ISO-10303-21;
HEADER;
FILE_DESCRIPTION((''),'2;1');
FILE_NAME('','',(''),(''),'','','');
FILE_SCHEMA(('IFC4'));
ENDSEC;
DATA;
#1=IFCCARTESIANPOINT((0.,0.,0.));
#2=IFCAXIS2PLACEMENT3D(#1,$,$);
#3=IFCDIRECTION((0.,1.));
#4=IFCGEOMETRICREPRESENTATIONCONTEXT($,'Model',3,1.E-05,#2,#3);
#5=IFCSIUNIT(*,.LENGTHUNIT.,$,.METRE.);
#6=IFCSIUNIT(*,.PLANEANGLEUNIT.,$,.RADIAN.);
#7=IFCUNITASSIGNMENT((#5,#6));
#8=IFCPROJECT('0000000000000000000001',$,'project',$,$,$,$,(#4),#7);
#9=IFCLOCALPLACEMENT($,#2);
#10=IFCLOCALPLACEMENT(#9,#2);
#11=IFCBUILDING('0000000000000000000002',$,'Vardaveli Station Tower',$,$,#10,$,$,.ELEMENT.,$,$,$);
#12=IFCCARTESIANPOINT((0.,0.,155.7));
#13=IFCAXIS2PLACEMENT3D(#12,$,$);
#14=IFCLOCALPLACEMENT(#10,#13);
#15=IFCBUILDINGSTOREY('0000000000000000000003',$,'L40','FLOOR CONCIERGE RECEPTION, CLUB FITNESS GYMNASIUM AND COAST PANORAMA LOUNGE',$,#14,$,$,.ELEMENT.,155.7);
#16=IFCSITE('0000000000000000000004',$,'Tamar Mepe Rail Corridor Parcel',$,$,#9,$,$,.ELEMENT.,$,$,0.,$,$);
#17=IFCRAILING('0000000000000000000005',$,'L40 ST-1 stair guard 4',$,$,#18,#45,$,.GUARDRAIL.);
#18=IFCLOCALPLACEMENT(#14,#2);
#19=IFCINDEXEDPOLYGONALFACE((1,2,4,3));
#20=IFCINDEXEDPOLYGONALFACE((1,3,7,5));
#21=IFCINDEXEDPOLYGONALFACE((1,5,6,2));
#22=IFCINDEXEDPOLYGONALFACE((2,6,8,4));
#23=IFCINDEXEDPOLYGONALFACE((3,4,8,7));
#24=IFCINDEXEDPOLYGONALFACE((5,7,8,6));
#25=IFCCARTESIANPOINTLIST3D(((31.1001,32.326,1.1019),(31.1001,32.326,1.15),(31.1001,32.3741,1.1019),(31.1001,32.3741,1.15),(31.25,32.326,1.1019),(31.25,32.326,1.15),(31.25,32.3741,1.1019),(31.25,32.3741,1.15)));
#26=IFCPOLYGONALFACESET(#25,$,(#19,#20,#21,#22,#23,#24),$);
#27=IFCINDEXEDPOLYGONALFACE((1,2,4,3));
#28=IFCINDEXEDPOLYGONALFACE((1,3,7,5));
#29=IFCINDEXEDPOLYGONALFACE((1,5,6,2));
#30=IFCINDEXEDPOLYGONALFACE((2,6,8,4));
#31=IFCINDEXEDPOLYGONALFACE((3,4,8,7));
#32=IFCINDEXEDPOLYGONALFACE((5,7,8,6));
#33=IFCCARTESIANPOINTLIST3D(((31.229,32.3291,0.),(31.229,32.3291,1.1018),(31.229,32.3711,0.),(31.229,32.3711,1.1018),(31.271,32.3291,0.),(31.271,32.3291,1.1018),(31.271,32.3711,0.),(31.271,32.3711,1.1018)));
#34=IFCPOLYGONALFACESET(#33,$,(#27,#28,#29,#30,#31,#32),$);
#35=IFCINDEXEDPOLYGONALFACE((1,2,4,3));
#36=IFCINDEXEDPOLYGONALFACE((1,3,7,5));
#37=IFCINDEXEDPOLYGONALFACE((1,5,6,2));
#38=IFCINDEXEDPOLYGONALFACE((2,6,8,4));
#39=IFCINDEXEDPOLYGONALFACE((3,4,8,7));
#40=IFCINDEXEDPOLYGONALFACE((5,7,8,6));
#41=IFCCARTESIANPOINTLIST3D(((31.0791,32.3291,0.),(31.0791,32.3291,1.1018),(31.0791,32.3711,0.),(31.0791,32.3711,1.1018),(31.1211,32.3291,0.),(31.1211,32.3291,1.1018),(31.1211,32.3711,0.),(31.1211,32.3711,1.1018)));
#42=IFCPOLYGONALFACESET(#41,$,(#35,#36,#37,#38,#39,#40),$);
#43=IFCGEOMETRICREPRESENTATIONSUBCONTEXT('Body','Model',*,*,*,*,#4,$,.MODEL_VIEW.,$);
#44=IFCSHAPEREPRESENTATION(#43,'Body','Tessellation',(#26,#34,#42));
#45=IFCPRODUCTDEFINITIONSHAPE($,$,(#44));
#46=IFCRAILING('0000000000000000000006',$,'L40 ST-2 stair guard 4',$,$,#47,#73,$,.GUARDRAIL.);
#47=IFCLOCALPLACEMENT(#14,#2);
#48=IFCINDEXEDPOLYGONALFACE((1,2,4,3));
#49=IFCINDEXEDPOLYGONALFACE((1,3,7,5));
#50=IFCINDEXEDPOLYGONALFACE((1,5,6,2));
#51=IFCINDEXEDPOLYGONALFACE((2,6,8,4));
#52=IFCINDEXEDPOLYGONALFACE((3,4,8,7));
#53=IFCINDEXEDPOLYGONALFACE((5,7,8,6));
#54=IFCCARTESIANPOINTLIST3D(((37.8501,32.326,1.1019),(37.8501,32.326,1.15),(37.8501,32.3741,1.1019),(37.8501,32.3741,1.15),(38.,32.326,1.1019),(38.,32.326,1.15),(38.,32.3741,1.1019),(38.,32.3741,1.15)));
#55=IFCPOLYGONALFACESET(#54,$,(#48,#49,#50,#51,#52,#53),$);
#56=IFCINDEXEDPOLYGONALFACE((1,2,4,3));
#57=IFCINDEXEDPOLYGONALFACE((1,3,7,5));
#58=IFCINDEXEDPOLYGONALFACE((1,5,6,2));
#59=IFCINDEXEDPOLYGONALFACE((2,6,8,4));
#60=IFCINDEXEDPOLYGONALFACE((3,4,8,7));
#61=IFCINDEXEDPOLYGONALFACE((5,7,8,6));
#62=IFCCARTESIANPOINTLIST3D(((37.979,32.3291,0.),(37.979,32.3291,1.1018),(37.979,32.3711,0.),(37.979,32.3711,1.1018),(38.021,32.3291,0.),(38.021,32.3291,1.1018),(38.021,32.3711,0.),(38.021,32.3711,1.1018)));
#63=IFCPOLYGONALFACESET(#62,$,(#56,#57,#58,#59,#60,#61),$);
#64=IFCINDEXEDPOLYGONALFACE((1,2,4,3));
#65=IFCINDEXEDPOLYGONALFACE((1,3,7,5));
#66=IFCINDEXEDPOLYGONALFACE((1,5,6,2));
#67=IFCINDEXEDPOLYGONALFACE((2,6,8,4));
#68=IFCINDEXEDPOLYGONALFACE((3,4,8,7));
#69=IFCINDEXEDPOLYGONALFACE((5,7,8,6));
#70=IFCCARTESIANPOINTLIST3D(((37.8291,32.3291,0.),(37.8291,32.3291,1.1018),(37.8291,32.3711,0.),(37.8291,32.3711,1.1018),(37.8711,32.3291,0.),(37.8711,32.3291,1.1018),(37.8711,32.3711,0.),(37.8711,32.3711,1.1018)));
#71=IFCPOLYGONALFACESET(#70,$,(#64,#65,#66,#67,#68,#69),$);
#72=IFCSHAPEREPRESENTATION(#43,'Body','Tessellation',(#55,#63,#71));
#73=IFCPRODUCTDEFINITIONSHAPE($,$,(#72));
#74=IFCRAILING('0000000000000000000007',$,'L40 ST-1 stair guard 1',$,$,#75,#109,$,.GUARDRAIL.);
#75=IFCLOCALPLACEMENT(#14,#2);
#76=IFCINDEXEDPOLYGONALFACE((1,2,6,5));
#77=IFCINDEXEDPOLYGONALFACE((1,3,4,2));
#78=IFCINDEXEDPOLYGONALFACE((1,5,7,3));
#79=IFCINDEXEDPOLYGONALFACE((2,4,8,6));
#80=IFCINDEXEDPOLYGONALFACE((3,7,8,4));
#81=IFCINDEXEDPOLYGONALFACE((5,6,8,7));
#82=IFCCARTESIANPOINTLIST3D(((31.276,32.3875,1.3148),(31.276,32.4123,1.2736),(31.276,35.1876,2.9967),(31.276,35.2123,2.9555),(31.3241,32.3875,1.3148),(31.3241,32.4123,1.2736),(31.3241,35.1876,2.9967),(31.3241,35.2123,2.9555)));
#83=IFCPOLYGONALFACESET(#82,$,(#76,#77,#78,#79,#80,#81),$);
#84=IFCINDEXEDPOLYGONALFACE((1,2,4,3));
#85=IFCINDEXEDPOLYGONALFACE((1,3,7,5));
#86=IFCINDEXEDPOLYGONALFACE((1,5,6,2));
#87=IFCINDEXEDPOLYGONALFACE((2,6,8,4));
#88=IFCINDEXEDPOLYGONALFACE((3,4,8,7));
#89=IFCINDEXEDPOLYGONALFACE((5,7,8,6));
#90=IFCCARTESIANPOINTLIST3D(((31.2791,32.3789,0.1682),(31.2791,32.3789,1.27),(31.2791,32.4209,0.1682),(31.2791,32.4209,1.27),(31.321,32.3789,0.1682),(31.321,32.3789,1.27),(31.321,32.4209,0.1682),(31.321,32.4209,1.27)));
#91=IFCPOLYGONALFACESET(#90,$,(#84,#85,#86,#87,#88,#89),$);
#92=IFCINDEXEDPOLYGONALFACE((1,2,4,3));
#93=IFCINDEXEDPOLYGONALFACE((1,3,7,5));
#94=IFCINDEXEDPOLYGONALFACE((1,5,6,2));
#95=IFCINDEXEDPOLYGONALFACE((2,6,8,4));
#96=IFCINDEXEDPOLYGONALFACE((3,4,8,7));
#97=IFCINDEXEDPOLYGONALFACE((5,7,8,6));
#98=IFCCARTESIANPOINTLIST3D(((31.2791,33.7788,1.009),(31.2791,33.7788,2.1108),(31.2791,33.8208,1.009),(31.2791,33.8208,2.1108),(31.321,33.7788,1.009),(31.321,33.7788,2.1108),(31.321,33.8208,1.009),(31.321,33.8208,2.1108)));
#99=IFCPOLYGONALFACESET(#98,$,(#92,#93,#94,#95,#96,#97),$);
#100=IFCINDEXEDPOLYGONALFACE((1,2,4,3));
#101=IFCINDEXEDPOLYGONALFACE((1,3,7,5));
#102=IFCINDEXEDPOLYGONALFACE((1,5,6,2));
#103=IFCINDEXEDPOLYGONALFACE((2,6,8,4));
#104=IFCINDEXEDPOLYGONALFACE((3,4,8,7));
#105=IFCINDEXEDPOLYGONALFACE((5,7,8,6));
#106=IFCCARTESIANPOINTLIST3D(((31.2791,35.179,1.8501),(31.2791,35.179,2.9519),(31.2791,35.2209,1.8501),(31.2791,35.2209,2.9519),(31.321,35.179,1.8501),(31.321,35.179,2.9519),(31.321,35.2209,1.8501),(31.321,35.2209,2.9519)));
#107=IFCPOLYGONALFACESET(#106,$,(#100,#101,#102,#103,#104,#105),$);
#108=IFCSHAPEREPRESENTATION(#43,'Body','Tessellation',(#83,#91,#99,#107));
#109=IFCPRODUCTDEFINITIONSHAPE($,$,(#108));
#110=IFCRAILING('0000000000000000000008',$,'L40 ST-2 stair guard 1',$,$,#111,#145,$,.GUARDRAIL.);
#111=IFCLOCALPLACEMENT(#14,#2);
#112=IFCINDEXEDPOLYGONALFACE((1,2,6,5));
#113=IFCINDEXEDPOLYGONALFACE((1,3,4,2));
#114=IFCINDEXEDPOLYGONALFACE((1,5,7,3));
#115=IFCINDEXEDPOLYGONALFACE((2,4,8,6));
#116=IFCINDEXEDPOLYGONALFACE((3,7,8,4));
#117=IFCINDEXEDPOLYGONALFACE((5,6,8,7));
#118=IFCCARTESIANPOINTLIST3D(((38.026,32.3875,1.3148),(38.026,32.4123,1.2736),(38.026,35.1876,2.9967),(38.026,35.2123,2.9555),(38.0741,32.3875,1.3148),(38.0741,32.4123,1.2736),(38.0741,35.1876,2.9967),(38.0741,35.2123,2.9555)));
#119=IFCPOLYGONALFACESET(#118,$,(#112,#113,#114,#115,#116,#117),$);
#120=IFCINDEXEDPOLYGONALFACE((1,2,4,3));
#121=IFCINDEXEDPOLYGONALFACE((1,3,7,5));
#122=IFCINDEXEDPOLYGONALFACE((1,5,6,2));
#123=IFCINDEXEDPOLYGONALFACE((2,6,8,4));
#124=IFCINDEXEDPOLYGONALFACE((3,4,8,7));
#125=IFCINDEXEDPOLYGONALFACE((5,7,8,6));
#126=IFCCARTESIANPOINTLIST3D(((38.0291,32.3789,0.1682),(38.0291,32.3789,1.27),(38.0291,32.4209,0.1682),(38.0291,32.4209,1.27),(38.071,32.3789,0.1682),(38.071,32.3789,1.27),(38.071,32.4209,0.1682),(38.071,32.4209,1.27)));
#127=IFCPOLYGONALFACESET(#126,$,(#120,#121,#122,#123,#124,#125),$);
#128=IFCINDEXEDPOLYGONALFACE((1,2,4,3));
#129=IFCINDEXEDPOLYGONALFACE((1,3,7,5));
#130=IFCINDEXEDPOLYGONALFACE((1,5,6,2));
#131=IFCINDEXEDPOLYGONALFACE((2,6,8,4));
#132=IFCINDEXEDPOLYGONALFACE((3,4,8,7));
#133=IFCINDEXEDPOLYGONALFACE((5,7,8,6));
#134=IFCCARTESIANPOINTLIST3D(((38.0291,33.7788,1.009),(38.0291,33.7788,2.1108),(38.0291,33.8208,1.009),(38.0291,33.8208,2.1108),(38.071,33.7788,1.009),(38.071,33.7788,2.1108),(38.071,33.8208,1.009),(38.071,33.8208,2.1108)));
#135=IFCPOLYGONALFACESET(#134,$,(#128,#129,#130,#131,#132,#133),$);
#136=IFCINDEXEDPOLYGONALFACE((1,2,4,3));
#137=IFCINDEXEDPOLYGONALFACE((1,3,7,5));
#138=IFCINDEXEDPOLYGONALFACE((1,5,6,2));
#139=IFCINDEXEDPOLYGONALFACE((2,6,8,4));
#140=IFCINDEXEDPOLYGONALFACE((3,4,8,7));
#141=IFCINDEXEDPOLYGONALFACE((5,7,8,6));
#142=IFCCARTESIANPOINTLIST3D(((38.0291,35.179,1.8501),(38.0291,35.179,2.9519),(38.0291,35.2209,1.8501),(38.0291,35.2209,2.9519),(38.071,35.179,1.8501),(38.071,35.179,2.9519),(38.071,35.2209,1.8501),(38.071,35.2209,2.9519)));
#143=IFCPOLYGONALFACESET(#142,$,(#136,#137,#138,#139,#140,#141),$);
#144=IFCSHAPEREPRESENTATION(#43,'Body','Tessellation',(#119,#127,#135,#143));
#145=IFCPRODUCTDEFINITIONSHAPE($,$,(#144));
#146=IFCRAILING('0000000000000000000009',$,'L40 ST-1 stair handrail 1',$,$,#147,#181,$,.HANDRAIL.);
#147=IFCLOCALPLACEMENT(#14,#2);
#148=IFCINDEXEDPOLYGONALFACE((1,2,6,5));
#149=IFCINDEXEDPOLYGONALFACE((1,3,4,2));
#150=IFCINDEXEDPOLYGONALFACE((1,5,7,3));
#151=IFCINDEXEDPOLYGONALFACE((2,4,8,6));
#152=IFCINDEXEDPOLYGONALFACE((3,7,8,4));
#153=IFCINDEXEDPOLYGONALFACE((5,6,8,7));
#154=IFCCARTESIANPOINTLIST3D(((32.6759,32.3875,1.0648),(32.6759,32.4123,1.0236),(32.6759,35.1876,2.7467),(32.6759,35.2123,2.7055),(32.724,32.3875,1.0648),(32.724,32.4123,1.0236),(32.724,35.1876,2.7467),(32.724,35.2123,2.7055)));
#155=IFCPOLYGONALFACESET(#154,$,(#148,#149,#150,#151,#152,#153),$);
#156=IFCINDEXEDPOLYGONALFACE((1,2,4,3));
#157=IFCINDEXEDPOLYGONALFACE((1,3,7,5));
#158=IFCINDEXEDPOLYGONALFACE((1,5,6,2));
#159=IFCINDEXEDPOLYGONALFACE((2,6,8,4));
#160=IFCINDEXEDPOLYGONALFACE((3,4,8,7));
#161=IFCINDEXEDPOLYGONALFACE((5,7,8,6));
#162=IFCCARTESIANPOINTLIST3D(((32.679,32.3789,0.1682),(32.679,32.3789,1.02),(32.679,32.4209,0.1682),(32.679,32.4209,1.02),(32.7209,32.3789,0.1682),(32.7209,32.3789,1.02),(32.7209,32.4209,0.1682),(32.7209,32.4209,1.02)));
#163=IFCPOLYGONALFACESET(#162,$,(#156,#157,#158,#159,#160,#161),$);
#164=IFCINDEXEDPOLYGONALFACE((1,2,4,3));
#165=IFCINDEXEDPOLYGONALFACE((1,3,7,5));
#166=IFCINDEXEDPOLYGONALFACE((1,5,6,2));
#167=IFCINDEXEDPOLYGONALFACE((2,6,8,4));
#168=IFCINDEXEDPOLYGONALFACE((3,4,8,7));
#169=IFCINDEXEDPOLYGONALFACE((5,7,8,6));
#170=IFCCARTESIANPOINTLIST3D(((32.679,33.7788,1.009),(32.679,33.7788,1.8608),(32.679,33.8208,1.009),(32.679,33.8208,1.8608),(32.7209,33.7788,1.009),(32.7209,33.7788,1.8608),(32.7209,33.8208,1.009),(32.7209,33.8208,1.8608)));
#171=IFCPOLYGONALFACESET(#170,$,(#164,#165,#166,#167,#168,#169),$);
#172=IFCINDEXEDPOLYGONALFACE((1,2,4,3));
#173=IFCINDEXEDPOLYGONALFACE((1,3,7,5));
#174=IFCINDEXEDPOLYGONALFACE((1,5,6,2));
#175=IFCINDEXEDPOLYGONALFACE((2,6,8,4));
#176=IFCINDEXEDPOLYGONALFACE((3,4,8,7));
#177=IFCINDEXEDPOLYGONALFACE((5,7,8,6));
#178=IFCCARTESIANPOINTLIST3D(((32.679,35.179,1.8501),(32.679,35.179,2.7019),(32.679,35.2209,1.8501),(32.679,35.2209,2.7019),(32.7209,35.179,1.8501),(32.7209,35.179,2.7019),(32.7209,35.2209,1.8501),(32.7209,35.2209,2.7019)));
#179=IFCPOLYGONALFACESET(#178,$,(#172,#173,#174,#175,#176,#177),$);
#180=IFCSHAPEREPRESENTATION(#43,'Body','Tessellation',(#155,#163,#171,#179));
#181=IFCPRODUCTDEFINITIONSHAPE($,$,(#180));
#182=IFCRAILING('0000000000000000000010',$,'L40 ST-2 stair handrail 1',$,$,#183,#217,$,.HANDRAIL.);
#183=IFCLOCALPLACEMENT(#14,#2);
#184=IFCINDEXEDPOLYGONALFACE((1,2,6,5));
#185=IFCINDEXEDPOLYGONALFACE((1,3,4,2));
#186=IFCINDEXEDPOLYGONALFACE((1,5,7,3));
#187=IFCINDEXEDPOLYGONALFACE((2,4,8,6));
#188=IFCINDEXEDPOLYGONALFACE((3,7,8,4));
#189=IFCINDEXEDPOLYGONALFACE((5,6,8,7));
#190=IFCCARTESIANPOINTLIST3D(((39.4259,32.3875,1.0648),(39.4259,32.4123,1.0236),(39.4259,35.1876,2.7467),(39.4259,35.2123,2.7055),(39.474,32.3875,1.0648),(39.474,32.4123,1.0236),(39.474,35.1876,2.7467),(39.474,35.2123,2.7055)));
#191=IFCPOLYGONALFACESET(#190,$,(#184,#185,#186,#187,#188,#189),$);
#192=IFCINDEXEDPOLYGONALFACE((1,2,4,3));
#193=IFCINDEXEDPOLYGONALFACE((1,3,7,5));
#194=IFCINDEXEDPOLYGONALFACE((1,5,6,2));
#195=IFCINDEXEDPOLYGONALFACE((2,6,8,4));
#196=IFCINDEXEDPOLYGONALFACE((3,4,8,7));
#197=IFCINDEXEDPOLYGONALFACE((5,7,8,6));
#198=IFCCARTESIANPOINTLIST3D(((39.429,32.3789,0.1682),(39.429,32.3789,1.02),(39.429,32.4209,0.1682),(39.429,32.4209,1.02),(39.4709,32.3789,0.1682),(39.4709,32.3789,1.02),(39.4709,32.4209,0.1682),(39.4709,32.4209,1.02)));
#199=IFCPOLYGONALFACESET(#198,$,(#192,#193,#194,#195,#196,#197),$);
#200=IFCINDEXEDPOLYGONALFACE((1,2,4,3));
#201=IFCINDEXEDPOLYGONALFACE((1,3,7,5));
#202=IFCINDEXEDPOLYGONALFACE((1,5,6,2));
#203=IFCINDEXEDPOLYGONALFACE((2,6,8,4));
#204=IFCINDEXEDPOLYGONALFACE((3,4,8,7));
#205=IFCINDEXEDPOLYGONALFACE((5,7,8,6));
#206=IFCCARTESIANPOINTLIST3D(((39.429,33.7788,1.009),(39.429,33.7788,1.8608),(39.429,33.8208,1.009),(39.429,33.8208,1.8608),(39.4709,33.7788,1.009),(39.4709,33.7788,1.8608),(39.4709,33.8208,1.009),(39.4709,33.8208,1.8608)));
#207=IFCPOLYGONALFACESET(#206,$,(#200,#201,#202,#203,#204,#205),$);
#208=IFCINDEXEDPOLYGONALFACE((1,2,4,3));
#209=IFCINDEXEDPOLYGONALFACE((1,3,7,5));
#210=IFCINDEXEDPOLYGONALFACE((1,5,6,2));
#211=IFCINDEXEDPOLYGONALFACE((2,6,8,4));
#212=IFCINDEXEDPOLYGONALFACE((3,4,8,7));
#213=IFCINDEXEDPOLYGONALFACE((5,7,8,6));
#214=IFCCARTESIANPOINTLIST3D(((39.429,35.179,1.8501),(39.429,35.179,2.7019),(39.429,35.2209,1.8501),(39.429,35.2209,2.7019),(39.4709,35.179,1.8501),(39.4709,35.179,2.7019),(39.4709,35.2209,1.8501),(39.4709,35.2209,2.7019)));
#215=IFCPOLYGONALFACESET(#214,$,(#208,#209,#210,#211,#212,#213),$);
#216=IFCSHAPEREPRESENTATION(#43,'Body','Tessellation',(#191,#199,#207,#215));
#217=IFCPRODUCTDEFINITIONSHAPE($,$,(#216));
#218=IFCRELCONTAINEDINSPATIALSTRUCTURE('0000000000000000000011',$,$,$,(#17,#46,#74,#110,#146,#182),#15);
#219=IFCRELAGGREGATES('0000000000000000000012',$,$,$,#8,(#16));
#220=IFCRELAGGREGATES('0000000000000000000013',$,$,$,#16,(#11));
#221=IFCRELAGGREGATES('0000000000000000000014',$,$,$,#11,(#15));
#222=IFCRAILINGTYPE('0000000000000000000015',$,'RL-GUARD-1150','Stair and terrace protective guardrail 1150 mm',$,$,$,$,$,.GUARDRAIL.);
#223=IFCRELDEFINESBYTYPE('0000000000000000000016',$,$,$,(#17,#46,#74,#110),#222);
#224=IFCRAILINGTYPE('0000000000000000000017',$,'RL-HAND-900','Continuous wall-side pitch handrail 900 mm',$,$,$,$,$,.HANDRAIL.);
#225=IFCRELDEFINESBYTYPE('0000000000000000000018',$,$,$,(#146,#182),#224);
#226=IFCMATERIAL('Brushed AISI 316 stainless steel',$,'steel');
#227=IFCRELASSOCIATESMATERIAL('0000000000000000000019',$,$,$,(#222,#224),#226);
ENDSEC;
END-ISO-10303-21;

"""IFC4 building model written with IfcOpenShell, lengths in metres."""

from ifc_helpers import new_model, si_unit, direction, frame, origin, origin_2d, place, context, subcontext, project, spatial, rectangle, extrude, source, transform, mapped, material, type_object, element, save


model = new_model("IFC4")

# Units and contexts
model_context = context("Model", 3, precision=1e-05, world=origin(), true_north=direction((0.0, 1.0)))
body_context = subcontext(model_context, "Body", "Model", "MODEL_VIEW")
ifc_project = project(units=[si_unit("LENGTHUNIT", "METRE"), si_unit("PLANEANGLEUNIT", "RADIAN")], contexts=[model_context])

# Site, building, storey
site_placement = place(None, origin())
site = spatial("IfcSite", under=ifc_project, at=site_placement, Name="Tamar Mepe Rail Corridor Parcel", CompositionType="ELEMENT", RefElevation=0.0)
building_placement = place(site_placement, origin())
building = spatial("IfcBuilding", under=site, at=building_placement, Name="Vardaveli Station Tower", CompositionType="ELEMENT")
storey_placement = place(building_placement, frame((0.0, 0.0, 155.7)))
storey = spatial("IfcBuildingStorey", under=building, at=storey_placement, Name="L40", Description="FLOOR CONCIERGE RECEPTION, CLUB FITNESS GYMNASIUM AND COAST PANORAMA LOUNGE", CompositionType="ELEMENT", Elevation=155.7)

# Railings
ifc_material_1 = material(Name="Brushed AISI 316 stainless steel", Category="steel")
railing_type_1 = type_object("IfcRailingType", Name="RL-GUARD-1150", Description="Stair and terrace protective guardrail 1150 mm", PredefinedType="GUARDRAIL", material=ifc_material_1)
shared_shape_1 = source(origin(), body_context, "Body", "SweptSolid", [
    extrude(rectangle(XDim=0.0481, YDim=0.0481, at=origin_2d()), frame((0.0, 0.0, 1.126), z_axis=(-1.0, 0.0, 0.0), x_axis=(0.0, -1.0, 0.0)), (0.0, 0.0, 1.0), 0.1499),
    extrude(rectangle(XDim=0.042, YDim=0.042, at=origin_2d()), origin(), (0.0, 0.0, 1.0), 1.1018),
    extrude(rectangle(XDim=0.042, YDim=0.042, at=origin_2d()), frame((-0.1499, 0.0, 0.0)), (0.0, 0.0, 1.0), 1.1018),
])
for number, where, name in (
    (1, (31.25, 32.3501, 0.0), "L40 ST-1 stair guard 4"),
    (2, (38.0, 32.3501, 0.0), "L40 ST-2 stair guard 4"),
):
    element("IfcRailing", number, at=place(storey_placement, frame(where)), inside=storey, type_object=railing_type_1, Name=name, PredefinedType="GUARDRAIL", context=body_context, shape_type="MappedRepresentation", body=[
        mapped(shared_shape_1, transform((0.0, 0.0, 0.0), scale=1.0)),
    ])
shared_shape_2 = source(origin(), body_context, "Body", "SweptSolid", [
    extrude(rectangle(XDim=0.0481, YDim=0.0481, at=origin_2d()), frame((0.0, 0.0, 1.126), z_axis=(0.0, 0.857242, 0.514913), x_axis=(-1.0, 0.0, 0.0)), (0.0, 0.0, 1.0), 3.2664),
    extrude(rectangle(XDim=0.042, YDim=0.042, at=origin_2d()), origin(), (0.0, 0.0, 1.0), 1.1018),
    extrude(rectangle(XDim=0.042, YDim=0.042, at=origin_2d()), frame((0.0, 1.3999, 0.8408)), (0.0, 0.0, 1.0), 1.1018),
    extrude(rectangle(XDim=0.042, YDim=0.042, at=origin_2d()), frame((0.0, 2.8, 1.6819)), (0.0, 0.0, 1.0), 1.1018),
])
for number, where, name in (
    (3, (31.3, 32.3999, 0.1682), "L40 ST-1 stair guard 1"),
    (4, (38.05, 32.3999, 0.1682), "L40 ST-2 stair guard 1"),
):
    element("IfcRailing", number, at=place(storey_placement, frame(where)), inside=storey, type_object=railing_type_1, Name=name, PredefinedType="GUARDRAIL", context=body_context, shape_type="MappedRepresentation", body=[
        mapped(shared_shape_2, transform((0.0, 0.0, 0.0), scale=1.0)),
    ])
railing_type_2 = type_object("IfcRailingType", Name="RL-HAND-900", Description="Continuous wall-side pitch handrail 900 mm", PredefinedType="HANDRAIL", material=ifc_material_1)
shared_shape_3 = source(origin(), body_context, "Body", "SweptSolid", [
    extrude(rectangle(XDim=0.0481, YDim=0.0481, at=origin_2d()), frame((0.0, 0.0, 0.876), z_axis=(0.0, 0.857242, 0.514913), x_axis=(-1.0, 0.0, 0.0)), (0.0, 0.0, 1.0), 3.2664),
    extrude(rectangle(XDim=0.042, YDim=0.042, at=origin_2d()), origin(), (0.0, 0.0, 1.0), 0.8518),
    extrude(rectangle(XDim=0.042, YDim=0.042, at=origin_2d()), frame((0.0, 1.3999, 0.8408)), (0.0, 0.0, 1.0), 0.8518),
    extrude(rectangle(XDim=0.042, YDim=0.042, at=origin_2d()), frame((0.0, 2.8, 1.6819)), (0.0, 0.0, 1.0), 0.8518),
])
for number, where, name in (
    (5, (32.7, 32.3999, 0.1682), "L40 ST-1 stair handrail 1"),
    (6, (39.45, 32.3999, 0.1682), "L40 ST-2 stair handrail 1"),
):
    element("IfcRailing", number, at=place(storey_placement, frame(where)), inside=storey, type_object=railing_type_2, Name=name, PredefinedType="HANDRAIL", context=body_context, shape_type="MappedRepresentation", body=[
        mapped(shared_shape_3, transform((0.0, 0.0, 0.0), scale=1.0)),
    ])

save(model, "model.ifc")
